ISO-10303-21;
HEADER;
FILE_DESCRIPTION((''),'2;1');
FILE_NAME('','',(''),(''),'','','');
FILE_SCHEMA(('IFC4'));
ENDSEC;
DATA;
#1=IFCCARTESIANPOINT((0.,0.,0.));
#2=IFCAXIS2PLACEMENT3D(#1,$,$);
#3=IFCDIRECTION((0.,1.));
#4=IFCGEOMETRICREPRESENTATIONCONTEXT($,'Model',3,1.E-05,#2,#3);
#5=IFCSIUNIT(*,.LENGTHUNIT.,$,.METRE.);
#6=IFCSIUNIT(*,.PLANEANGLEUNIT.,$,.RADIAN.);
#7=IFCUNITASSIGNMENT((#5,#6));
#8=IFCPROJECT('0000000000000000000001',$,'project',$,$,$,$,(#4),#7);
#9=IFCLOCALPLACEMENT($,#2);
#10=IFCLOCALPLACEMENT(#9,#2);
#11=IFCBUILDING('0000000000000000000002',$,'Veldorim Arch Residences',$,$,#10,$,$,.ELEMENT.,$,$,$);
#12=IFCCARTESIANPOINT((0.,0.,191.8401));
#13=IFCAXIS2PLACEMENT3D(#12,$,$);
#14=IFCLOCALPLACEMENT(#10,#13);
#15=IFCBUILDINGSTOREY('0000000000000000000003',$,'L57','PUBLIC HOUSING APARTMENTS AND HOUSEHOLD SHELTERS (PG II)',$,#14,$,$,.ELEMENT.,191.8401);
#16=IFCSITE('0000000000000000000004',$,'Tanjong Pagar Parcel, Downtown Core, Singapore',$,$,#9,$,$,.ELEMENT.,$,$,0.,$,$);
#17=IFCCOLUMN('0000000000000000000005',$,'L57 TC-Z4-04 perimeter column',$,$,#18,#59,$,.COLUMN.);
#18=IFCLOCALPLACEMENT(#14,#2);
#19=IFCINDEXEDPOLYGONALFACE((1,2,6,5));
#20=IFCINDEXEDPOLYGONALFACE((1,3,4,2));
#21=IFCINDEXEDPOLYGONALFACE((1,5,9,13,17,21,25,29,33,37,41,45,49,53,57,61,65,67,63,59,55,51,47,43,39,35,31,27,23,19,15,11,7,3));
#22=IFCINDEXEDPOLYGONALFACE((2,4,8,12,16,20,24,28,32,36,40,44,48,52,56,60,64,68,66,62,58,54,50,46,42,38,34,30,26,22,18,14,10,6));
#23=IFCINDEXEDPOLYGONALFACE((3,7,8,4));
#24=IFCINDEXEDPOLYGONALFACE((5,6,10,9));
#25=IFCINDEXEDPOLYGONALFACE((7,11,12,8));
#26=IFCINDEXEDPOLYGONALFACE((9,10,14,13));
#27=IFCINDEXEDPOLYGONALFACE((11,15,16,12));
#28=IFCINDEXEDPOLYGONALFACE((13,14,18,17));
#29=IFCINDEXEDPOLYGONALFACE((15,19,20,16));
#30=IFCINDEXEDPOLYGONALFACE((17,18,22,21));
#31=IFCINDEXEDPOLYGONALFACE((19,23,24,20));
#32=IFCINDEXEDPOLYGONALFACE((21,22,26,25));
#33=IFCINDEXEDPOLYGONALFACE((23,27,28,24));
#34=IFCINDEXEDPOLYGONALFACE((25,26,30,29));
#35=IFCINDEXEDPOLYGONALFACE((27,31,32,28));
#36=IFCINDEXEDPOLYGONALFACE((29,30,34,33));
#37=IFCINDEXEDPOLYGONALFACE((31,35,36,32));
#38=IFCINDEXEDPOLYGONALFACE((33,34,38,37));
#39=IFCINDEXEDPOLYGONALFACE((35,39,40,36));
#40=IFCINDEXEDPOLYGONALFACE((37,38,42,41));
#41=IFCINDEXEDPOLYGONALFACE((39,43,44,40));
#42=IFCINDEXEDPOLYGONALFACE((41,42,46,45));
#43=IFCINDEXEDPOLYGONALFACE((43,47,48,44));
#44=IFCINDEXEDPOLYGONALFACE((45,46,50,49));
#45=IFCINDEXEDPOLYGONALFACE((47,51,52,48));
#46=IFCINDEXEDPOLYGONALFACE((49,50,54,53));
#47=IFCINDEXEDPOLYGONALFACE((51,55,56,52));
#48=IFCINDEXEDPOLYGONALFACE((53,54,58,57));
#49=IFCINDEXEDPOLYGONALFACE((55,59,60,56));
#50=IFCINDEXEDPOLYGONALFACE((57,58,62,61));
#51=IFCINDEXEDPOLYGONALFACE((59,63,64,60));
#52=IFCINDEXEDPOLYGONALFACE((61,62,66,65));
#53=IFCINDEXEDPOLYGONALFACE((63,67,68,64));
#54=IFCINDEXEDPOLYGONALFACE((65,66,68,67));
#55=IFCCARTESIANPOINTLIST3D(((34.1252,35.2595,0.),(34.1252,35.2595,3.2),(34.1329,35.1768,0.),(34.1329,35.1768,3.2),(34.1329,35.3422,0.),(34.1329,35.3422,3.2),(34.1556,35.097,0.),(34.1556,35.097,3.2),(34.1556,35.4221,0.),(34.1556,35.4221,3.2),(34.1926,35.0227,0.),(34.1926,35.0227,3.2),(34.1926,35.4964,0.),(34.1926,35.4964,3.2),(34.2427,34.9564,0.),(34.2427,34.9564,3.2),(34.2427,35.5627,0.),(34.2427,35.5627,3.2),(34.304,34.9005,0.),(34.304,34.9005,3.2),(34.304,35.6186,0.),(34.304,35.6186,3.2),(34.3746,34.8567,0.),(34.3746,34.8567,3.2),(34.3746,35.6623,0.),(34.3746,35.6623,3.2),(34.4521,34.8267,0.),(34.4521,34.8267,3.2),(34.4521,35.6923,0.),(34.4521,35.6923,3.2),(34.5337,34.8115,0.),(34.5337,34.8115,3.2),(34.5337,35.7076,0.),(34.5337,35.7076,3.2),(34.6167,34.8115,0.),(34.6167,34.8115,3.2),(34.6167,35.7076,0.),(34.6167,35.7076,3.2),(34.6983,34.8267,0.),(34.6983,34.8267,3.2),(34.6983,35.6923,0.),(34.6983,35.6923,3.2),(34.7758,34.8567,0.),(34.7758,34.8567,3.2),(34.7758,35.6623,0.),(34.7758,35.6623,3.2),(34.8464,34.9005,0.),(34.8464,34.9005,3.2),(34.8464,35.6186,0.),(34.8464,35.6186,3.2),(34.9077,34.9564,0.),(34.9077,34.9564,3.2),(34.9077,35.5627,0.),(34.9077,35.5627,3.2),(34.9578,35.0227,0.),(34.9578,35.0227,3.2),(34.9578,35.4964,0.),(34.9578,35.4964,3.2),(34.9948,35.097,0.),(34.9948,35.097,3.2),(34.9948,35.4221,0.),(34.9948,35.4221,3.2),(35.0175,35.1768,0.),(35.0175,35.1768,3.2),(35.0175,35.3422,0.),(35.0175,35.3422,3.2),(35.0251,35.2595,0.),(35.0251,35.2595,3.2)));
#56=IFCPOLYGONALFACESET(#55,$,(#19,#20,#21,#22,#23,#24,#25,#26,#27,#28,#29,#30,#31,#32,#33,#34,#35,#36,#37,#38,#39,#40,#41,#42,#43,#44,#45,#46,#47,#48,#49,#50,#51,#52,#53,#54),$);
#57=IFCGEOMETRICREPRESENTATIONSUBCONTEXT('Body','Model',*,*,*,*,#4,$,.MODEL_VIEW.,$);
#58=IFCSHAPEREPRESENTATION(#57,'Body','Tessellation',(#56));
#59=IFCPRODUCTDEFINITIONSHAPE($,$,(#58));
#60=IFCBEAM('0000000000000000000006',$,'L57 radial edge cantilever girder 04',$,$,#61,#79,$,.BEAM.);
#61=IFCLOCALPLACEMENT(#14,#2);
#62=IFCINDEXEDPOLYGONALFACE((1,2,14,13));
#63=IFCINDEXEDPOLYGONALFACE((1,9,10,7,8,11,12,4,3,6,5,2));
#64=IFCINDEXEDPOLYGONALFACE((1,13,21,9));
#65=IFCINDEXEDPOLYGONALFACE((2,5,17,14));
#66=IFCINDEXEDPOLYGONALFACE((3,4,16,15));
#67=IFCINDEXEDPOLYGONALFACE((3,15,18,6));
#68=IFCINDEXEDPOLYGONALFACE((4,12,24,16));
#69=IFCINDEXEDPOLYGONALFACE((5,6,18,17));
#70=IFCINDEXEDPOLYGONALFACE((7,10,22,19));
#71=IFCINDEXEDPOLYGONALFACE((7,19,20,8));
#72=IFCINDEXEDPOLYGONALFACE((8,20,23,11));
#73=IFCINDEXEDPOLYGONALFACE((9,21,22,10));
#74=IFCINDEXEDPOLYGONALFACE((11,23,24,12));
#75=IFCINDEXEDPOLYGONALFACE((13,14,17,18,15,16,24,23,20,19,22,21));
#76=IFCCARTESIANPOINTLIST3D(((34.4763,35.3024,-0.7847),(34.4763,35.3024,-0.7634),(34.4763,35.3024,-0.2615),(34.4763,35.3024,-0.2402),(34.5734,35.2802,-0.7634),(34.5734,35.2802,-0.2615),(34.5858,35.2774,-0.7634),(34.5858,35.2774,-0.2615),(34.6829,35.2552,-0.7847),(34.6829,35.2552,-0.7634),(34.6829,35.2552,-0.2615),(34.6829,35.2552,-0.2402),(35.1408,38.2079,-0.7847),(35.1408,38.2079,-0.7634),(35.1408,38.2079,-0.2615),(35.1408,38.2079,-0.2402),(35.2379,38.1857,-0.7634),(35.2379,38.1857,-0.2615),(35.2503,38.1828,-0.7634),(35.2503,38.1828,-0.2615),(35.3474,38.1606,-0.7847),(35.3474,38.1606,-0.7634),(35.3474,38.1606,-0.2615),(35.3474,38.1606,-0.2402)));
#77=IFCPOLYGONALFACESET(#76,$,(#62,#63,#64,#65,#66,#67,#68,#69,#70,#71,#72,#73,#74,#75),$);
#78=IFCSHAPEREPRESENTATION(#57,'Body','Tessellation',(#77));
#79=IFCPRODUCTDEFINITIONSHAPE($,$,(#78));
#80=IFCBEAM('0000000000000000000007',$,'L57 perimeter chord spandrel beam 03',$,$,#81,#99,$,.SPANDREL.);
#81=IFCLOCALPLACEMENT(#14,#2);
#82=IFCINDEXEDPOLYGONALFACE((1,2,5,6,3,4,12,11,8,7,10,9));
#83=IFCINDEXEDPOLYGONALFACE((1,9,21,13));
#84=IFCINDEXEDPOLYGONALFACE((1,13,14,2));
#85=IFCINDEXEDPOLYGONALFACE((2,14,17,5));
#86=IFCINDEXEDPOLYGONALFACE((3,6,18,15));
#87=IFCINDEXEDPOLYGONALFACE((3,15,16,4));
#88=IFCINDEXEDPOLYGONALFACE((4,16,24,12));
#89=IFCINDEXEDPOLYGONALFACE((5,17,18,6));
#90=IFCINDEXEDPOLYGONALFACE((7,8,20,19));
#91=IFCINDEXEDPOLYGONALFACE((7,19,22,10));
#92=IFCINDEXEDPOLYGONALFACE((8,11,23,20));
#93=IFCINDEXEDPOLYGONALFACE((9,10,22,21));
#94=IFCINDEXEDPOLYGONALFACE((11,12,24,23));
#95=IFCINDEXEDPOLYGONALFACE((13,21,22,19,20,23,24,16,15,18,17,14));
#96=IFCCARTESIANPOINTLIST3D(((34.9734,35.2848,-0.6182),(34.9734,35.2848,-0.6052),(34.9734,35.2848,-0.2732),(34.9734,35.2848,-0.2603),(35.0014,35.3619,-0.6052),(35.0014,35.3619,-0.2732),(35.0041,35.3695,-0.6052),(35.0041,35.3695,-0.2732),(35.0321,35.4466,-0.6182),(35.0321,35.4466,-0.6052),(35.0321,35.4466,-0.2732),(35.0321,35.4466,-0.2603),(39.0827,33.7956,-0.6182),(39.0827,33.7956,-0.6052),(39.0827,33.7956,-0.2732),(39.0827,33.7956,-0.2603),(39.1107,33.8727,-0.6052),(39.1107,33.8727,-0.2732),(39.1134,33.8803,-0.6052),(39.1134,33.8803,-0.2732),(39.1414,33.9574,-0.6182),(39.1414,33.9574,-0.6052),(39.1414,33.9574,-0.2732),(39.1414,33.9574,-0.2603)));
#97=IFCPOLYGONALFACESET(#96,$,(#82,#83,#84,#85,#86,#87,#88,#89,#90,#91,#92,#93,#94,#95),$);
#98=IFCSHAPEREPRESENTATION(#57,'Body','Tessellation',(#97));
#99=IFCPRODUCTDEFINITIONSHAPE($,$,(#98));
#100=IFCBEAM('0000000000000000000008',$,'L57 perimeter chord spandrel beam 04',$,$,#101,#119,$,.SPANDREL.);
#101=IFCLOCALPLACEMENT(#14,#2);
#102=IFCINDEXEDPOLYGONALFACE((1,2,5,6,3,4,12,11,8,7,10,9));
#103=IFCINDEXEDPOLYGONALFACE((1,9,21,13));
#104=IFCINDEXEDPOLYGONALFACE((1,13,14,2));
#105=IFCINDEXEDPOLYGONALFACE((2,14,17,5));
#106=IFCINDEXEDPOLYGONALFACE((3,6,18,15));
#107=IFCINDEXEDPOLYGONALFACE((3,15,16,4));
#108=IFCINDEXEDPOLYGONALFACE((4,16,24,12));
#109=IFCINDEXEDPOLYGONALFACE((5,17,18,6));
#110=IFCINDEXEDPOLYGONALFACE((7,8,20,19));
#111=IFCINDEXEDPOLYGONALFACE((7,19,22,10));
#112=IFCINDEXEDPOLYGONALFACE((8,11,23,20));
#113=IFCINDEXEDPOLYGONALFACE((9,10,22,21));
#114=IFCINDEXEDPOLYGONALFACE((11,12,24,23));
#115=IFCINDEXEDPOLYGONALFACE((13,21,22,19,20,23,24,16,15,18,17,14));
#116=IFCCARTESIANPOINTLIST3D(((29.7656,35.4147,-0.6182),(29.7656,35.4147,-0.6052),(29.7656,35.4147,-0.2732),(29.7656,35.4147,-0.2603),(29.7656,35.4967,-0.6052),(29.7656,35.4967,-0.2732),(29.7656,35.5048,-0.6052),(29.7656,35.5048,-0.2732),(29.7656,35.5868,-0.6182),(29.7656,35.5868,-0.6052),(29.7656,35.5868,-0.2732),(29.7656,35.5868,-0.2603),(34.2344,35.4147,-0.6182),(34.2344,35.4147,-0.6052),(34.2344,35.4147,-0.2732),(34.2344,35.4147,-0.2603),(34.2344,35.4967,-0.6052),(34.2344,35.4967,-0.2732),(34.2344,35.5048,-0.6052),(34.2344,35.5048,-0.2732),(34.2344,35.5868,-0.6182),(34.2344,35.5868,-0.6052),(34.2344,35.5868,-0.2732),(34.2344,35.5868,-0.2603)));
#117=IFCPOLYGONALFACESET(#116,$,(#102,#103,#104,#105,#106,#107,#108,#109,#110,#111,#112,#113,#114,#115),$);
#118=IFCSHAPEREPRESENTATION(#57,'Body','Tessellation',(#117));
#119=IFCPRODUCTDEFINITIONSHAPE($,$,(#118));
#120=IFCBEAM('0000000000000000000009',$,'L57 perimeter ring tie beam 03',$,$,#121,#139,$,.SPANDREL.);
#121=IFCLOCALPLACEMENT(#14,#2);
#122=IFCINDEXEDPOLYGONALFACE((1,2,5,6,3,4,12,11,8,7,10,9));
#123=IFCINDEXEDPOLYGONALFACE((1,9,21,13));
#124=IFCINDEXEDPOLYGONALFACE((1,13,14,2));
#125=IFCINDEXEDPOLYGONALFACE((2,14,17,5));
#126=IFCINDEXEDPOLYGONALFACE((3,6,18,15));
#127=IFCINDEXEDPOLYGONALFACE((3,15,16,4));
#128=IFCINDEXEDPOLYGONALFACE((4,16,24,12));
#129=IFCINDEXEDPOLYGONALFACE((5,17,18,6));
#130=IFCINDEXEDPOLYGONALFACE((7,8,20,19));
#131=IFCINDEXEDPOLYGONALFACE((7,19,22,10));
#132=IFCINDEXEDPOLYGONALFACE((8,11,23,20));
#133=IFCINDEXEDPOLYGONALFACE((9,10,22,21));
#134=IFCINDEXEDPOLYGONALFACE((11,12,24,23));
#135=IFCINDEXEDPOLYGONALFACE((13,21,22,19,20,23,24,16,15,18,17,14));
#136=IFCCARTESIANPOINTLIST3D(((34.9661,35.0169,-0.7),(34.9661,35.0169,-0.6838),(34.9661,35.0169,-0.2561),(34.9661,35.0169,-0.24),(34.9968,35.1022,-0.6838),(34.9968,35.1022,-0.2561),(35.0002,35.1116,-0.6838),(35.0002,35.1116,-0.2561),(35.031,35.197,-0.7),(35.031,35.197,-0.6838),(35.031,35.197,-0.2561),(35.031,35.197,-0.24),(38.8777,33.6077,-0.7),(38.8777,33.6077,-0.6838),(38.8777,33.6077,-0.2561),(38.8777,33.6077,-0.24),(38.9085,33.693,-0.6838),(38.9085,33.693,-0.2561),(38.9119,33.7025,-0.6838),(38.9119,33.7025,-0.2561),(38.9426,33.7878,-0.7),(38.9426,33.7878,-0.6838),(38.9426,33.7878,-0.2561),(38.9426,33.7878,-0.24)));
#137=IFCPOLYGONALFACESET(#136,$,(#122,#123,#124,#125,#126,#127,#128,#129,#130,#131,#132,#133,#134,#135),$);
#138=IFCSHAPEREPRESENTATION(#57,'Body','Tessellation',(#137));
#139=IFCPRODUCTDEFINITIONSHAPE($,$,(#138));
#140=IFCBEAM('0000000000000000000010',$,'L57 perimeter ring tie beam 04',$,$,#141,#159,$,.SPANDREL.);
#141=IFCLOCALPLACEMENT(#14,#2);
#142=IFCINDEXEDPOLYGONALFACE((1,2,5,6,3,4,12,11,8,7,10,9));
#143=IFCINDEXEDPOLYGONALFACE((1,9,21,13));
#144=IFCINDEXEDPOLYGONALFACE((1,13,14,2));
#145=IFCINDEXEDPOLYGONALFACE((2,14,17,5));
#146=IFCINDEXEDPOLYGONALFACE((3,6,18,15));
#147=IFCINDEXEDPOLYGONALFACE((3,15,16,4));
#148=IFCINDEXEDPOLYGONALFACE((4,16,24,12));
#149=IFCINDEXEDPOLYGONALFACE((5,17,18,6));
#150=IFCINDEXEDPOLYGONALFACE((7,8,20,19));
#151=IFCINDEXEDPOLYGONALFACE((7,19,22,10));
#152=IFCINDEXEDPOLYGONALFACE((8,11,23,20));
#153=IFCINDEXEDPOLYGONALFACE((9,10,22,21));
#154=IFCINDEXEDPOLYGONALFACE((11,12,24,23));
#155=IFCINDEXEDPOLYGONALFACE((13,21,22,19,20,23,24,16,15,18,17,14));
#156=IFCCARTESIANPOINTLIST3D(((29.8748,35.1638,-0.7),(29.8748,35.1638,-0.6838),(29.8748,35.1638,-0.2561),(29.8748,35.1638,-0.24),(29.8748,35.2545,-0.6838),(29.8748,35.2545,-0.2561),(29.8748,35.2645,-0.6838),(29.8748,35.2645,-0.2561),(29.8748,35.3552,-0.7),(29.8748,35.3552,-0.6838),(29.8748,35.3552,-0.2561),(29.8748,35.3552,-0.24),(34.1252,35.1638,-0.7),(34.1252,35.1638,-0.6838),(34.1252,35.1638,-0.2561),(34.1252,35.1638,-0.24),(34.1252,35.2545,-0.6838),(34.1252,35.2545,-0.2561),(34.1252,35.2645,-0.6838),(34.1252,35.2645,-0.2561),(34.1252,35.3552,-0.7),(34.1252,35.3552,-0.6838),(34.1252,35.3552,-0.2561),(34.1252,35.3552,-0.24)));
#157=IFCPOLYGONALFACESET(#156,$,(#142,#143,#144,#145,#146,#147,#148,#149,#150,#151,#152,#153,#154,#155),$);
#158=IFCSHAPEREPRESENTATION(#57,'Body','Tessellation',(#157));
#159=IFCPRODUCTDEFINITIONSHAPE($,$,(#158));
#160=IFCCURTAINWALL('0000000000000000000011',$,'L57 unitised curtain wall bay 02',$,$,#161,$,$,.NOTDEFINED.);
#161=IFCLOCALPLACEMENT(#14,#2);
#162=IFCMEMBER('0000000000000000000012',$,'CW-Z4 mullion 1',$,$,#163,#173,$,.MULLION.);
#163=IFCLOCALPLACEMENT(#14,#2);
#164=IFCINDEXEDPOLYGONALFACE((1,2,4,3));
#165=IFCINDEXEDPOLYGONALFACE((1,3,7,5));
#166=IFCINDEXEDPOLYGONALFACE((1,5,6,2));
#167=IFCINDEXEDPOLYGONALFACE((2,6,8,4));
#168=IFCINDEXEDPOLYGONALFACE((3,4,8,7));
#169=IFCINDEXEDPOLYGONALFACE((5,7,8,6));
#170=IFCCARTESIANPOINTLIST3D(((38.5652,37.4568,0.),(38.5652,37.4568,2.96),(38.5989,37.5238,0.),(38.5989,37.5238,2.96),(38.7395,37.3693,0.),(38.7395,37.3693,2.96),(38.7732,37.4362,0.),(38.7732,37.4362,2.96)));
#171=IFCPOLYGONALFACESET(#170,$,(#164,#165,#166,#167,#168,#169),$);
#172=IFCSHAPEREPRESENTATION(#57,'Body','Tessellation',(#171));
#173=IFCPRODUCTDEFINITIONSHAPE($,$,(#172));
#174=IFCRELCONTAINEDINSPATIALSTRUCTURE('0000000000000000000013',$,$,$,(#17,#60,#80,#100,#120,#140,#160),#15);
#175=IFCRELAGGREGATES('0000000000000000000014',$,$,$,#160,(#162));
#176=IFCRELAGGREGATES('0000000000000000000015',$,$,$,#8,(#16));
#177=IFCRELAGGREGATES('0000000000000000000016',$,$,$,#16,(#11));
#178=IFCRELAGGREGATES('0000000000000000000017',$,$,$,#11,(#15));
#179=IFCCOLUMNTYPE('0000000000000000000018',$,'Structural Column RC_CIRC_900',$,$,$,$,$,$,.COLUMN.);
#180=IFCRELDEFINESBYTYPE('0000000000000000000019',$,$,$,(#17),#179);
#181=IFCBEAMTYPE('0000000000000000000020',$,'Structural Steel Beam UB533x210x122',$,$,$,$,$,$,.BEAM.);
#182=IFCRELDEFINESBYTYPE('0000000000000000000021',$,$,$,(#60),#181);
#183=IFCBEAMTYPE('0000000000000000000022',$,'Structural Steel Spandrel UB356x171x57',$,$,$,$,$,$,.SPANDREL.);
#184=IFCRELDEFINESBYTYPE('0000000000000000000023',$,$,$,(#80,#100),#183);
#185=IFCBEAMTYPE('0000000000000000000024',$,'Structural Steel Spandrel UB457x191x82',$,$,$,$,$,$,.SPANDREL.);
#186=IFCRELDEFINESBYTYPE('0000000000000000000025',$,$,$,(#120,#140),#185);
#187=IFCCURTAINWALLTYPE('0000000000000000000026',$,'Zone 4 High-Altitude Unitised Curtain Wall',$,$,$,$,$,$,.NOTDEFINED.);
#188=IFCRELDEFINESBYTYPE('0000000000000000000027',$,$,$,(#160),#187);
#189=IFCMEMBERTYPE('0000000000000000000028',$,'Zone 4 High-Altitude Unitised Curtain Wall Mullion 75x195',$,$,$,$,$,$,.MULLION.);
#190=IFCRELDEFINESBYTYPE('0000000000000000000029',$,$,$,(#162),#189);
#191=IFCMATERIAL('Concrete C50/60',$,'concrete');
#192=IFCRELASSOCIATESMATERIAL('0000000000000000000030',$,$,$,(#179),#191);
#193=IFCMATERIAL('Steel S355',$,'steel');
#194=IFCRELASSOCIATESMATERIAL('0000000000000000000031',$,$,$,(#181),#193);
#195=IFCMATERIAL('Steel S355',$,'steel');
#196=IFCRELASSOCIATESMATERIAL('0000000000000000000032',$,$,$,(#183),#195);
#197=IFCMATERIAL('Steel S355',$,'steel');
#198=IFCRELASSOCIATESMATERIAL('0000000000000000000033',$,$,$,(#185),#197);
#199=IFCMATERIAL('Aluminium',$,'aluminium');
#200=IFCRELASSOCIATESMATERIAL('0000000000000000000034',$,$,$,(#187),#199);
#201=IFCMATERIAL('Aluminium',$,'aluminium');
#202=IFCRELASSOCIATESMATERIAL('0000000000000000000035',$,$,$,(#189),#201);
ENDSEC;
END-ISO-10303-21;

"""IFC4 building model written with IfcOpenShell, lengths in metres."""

from ifc_helpers import new_model, si_unit, direction, frame, origin, origin_2d, place, context, subcontext, project, spatial, rectangle, circle, i_section, extrude, material, material_profile, profile_set, type_object, element, aggregate, save


model = new_model("IFC4")

# Units and contexts
model_context = context("Model", 3, precision=1e-05, world=origin(), true_north=direction((0.0, 1.0)))
body_context = subcontext(model_context, "Body", "Model", "MODEL_VIEW")
ifc_project = project(units=[si_unit("LENGTHUNIT", "METRE"), si_unit("PLANEANGLEUNIT", "RADIAN")], contexts=[model_context])

# Site, building, storey
site_placement = place(None, origin())
site = spatial("IfcSite", under=ifc_project, at=site_placement, Name="Tanjong Pagar Parcel, Downtown Core, Singapore", CompositionType="ELEMENT", RefElevation=0.0)
building_placement = place(site_placement, origin())
building = spatial("IfcBuilding", under=site, at=building_placement, Name="Veldorim Arch Residences", CompositionType="ELEMENT")
storey_placement = place(building_placement, frame((0.0, 0.0, 191.8401)))
storey = spatial("IfcBuildingStorey", under=building, at=storey_placement, Name="L57", Description="PUBLIC HOUSING APARTMENTS AND HOUSEHOLD SHELTERS (PG II)", CompositionType="ELEMENT", Elevation=191.8401)

# Column
ifc_material_1 = material(Name="Concrete C50/60", Category="concrete")
ifc_material_profile_1 = material_profile(ifc_material_1, circle(Radius=0.45, at=origin_2d()), Name="RC_CIRC_900")
ifc_profile_set_1 = profile_set([ifc_material_profile_1], Name="Concrete C50/60")
column_type = type_object("IfcColumnType", Name="Structural Column RC_CIRC_900", PredefinedType="COLUMN", material=ifc_profile_set_1)
column_placement = place(storey_placement, frame((34.5752, 35.2595, 0.0), z_axis=(0.0, 0.0, 1.0), x_axis=(1.0, 0.0, 0.0)))
element("IfcColumn", 1, at=column_placement, inside=storey, type_object=column_type, Name="L57 TC-Z4-04 perimeter column", PredefinedType="COLUMN", context=body_context, shape_type="SweptSolid", body=[
    extrude(circle(Radius=0.45, at=origin_2d()), origin(), (0.0, 0.0, 1.0), 3.2),
])

# Beams
ifc_material_2 = material(Name="Steel S355", Category="steel")
ifc_material_profile_2 = material_profile(ifc_material_2, i_section(OverallWidth=0.2119, OverallDepth=0.5444, WebThickness=0.0127, FlangeThickness=0.0212, at=origin_2d()), Name="UB533x210x122")
ifc_profile_set_2 = profile_set([ifc_material_profile_2], Name="Steel S355")
beam_type_1 = type_object("IfcBeamType", Name="Structural Steel Beam UB533x210x122", PredefinedType="BEAM", material=ifc_profile_set_2)
beam_1_placement = place(storey_placement, frame((34.5796, 35.2788, -0.5125), z_axis=(0.222963, 0.974827, 0.0), x_axis=(-0.974827, 0.222963, 0.0)))
element("IfcBeam", 2, at=beam_1_placement, inside=storey, type_object=beam_type_1, Name="L57 radial edge cantilever girder 04", PredefinedType="BEAM", context=body_context, shape_type="SweptSolid", body=[
    extrude(i_section(OverallWidth=0.2119, OverallDepth=0.5444, WebThickness=0.0127, FlangeThickness=0.0212, at=origin_2d()), origin(), (0.0, 0.0, 1.0), 2.9805),
])
ifc_material_3 = material(Name="Steel S355", Category="steel")
ifc_material_profile_3 = material_profile(ifc_material_3, i_section(OverallWidth=0.1721, OverallDepth=0.3579, WebThickness=0.0081, FlangeThickness=0.0129, at=origin_2d()), Name="UB356x171x57")
ifc_profile_set_3 = profile_set([ifc_material_profile_3], Name="Steel S355")
beam_type_2 = type_object("IfcBeamType", Name="Structural Steel Spandrel UB356x171x57", PredefinedType="SPANDREL", material=ifc_profile_set_3)
beam_2_placement = place(storey_placement, frame((39.1121, 33.8765, -0.4392), z_axis=(-0.940165, 0.34072, 0.0), x_axis=(-0.34072, -0.940165, 0.0)))
element("IfcBeam", 3, at=beam_2_placement, inside=storey, type_object=beam_type_2, Name="L57 perimeter chord spandrel beam 03", PredefinedType="SPANDREL", context=body_context, shape_type="SweptSolid", body=[
    extrude(i_section(OverallWidth=0.1721, OverallDepth=0.3579, WebThickness=0.0081, FlangeThickness=0.0129, at=origin_2d()), origin(), (0.0, 0.0, 1.0), 4.3708),
])
beam_3_placement = place(storey_placement, frame((34.2344, 35.5007, -0.4392), z_axis=(-1.0, 0.0, 0.0), x_axis=(0.0, -1.0, 0.0)))
element("IfcBeam", 4, at=beam_3_placement, inside=storey, type_object=beam_type_2, Name="L57 perimeter chord spandrel beam 04", PredefinedType="SPANDREL", context=body_context, shape_type="SweptSolid", body=[
    extrude(i_section(OverallWidth=0.1721, OverallDepth=0.3579, WebThickness=0.0081, FlangeThickness=0.0129, at=origin_2d()), origin(), (0.0, 0.0, 1.0), 4.4688),
])
ifc_material_4 = material(Name="Steel S355", Category="steel")
ifc_material_profile_4 = material_profile(ifc_material_4, i_section(OverallWidth=0.1914, OverallDepth=0.46, WebThickness=0.01, FlangeThickness=0.0161, at=origin_2d()), Name="UB457x191x82")
ifc_profile_set_4 = profile_set([ifc_material_profile_4], Name="Steel S355")
beam_type_3 = type_object("IfcBeamType", Name="Structural Steel Spandrel UB457x191x82", PredefinedType="SPANDREL", material=ifc_profile_set_4)
beam_4_placement = place(storey_placement, frame((38.9102, 33.6978, -0.47), z_axis=(-0.940811, 0.338932, 0.0), x_axis=(-0.338932, -0.940811, 0.0)))
element("IfcBeam", 5, at=beam_4_placement, inside=storey, type_object=beam_type_3, Name="L57 perimeter ring tie beam 03", PredefinedType="SPANDREL", context=body_context, shape_type="SweptSolid", body=[
    extrude(i_section(OverallWidth=0.1914, OverallDepth=0.46, WebThickness=0.01, FlangeThickness=0.0161, at=origin_2d()), origin(), (0.0, 0.0, 1.0), 4.1577),
])
beam_5_placement = place(storey_placement, frame((34.1252, 35.2595, -0.47), z_axis=(-1.0, 0.0, 0.0), x_axis=(0.0, -1.0, 0.0)))
element("IfcBeam", 6, at=beam_5_placement, inside=storey, type_object=beam_type_3, Name="L57 perimeter ring tie beam 04", PredefinedType="SPANDREL", context=body_context, shape_type="SweptSolid", body=[
    extrude(i_section(OverallWidth=0.1914, OverallDepth=0.46, WebThickness=0.01, FlangeThickness=0.0161, at=origin_2d()), origin(), (0.0, 0.0, 1.0), 4.2505),
])

# Curtain wall, member
ifc_material_5 = material(Name="Aluminium", Category="aluminium")
curtain_wall_type = type_object("IfcCurtainWallType", Name="Zone 4 High-Altitude Unitised Curtain Wall", PredefinedType="NOTDEFINED", material=ifc_material_5)
curtain_wall_placement = place(storey_placement, origin())
curtain_wall = element("IfcCurtainWall", 7, at=curtain_wall_placement, inside=storey, type_object=curtain_wall_type, Name="L57 unitised curtain wall bay 02", PredefinedType="NOTDEFINED")
ifc_material_6 = material(Name="Aluminium", Category="aluminium")
ifc_material_profile_5 = material_profile(ifc_material_6, rectangle(XDim=0.075, YDim=0.1951, at=origin_2d()), Name="ALU_MUL_75x195")
ifc_profile_set_5 = profile_set([ifc_material_profile_5], Name="Aluminium")
member_type_1 = type_object("IfcMemberType", Name="Zone 4 High-Altitude Unitised Curtain Wall Mullion 75x195", PredefinedType="MULLION", material=ifc_profile_set_5)
member_1_placement = place(storey_placement, frame((38.6692, 37.4465, 0.0), z_axis=(0.0, 0.0, 1.0), x_axis=(0.448866, 0.893599, 0.0)))
member_1 = element("IfcMember", 8, at=member_1_placement, type_object=member_type_1, Name="CW-Z4 mullion 1", PredefinedType="MULLION", context=body_context, shape_type="SweptSolid", body=[
    extrude(rectangle(XDim=0.075, YDim=0.1951, at=origin_2d()), origin(), (0.0, 0.0, 1.0), 2.96),
])
aggregate(curtain_wall, [member_1])

save(model, "model.ifc")
